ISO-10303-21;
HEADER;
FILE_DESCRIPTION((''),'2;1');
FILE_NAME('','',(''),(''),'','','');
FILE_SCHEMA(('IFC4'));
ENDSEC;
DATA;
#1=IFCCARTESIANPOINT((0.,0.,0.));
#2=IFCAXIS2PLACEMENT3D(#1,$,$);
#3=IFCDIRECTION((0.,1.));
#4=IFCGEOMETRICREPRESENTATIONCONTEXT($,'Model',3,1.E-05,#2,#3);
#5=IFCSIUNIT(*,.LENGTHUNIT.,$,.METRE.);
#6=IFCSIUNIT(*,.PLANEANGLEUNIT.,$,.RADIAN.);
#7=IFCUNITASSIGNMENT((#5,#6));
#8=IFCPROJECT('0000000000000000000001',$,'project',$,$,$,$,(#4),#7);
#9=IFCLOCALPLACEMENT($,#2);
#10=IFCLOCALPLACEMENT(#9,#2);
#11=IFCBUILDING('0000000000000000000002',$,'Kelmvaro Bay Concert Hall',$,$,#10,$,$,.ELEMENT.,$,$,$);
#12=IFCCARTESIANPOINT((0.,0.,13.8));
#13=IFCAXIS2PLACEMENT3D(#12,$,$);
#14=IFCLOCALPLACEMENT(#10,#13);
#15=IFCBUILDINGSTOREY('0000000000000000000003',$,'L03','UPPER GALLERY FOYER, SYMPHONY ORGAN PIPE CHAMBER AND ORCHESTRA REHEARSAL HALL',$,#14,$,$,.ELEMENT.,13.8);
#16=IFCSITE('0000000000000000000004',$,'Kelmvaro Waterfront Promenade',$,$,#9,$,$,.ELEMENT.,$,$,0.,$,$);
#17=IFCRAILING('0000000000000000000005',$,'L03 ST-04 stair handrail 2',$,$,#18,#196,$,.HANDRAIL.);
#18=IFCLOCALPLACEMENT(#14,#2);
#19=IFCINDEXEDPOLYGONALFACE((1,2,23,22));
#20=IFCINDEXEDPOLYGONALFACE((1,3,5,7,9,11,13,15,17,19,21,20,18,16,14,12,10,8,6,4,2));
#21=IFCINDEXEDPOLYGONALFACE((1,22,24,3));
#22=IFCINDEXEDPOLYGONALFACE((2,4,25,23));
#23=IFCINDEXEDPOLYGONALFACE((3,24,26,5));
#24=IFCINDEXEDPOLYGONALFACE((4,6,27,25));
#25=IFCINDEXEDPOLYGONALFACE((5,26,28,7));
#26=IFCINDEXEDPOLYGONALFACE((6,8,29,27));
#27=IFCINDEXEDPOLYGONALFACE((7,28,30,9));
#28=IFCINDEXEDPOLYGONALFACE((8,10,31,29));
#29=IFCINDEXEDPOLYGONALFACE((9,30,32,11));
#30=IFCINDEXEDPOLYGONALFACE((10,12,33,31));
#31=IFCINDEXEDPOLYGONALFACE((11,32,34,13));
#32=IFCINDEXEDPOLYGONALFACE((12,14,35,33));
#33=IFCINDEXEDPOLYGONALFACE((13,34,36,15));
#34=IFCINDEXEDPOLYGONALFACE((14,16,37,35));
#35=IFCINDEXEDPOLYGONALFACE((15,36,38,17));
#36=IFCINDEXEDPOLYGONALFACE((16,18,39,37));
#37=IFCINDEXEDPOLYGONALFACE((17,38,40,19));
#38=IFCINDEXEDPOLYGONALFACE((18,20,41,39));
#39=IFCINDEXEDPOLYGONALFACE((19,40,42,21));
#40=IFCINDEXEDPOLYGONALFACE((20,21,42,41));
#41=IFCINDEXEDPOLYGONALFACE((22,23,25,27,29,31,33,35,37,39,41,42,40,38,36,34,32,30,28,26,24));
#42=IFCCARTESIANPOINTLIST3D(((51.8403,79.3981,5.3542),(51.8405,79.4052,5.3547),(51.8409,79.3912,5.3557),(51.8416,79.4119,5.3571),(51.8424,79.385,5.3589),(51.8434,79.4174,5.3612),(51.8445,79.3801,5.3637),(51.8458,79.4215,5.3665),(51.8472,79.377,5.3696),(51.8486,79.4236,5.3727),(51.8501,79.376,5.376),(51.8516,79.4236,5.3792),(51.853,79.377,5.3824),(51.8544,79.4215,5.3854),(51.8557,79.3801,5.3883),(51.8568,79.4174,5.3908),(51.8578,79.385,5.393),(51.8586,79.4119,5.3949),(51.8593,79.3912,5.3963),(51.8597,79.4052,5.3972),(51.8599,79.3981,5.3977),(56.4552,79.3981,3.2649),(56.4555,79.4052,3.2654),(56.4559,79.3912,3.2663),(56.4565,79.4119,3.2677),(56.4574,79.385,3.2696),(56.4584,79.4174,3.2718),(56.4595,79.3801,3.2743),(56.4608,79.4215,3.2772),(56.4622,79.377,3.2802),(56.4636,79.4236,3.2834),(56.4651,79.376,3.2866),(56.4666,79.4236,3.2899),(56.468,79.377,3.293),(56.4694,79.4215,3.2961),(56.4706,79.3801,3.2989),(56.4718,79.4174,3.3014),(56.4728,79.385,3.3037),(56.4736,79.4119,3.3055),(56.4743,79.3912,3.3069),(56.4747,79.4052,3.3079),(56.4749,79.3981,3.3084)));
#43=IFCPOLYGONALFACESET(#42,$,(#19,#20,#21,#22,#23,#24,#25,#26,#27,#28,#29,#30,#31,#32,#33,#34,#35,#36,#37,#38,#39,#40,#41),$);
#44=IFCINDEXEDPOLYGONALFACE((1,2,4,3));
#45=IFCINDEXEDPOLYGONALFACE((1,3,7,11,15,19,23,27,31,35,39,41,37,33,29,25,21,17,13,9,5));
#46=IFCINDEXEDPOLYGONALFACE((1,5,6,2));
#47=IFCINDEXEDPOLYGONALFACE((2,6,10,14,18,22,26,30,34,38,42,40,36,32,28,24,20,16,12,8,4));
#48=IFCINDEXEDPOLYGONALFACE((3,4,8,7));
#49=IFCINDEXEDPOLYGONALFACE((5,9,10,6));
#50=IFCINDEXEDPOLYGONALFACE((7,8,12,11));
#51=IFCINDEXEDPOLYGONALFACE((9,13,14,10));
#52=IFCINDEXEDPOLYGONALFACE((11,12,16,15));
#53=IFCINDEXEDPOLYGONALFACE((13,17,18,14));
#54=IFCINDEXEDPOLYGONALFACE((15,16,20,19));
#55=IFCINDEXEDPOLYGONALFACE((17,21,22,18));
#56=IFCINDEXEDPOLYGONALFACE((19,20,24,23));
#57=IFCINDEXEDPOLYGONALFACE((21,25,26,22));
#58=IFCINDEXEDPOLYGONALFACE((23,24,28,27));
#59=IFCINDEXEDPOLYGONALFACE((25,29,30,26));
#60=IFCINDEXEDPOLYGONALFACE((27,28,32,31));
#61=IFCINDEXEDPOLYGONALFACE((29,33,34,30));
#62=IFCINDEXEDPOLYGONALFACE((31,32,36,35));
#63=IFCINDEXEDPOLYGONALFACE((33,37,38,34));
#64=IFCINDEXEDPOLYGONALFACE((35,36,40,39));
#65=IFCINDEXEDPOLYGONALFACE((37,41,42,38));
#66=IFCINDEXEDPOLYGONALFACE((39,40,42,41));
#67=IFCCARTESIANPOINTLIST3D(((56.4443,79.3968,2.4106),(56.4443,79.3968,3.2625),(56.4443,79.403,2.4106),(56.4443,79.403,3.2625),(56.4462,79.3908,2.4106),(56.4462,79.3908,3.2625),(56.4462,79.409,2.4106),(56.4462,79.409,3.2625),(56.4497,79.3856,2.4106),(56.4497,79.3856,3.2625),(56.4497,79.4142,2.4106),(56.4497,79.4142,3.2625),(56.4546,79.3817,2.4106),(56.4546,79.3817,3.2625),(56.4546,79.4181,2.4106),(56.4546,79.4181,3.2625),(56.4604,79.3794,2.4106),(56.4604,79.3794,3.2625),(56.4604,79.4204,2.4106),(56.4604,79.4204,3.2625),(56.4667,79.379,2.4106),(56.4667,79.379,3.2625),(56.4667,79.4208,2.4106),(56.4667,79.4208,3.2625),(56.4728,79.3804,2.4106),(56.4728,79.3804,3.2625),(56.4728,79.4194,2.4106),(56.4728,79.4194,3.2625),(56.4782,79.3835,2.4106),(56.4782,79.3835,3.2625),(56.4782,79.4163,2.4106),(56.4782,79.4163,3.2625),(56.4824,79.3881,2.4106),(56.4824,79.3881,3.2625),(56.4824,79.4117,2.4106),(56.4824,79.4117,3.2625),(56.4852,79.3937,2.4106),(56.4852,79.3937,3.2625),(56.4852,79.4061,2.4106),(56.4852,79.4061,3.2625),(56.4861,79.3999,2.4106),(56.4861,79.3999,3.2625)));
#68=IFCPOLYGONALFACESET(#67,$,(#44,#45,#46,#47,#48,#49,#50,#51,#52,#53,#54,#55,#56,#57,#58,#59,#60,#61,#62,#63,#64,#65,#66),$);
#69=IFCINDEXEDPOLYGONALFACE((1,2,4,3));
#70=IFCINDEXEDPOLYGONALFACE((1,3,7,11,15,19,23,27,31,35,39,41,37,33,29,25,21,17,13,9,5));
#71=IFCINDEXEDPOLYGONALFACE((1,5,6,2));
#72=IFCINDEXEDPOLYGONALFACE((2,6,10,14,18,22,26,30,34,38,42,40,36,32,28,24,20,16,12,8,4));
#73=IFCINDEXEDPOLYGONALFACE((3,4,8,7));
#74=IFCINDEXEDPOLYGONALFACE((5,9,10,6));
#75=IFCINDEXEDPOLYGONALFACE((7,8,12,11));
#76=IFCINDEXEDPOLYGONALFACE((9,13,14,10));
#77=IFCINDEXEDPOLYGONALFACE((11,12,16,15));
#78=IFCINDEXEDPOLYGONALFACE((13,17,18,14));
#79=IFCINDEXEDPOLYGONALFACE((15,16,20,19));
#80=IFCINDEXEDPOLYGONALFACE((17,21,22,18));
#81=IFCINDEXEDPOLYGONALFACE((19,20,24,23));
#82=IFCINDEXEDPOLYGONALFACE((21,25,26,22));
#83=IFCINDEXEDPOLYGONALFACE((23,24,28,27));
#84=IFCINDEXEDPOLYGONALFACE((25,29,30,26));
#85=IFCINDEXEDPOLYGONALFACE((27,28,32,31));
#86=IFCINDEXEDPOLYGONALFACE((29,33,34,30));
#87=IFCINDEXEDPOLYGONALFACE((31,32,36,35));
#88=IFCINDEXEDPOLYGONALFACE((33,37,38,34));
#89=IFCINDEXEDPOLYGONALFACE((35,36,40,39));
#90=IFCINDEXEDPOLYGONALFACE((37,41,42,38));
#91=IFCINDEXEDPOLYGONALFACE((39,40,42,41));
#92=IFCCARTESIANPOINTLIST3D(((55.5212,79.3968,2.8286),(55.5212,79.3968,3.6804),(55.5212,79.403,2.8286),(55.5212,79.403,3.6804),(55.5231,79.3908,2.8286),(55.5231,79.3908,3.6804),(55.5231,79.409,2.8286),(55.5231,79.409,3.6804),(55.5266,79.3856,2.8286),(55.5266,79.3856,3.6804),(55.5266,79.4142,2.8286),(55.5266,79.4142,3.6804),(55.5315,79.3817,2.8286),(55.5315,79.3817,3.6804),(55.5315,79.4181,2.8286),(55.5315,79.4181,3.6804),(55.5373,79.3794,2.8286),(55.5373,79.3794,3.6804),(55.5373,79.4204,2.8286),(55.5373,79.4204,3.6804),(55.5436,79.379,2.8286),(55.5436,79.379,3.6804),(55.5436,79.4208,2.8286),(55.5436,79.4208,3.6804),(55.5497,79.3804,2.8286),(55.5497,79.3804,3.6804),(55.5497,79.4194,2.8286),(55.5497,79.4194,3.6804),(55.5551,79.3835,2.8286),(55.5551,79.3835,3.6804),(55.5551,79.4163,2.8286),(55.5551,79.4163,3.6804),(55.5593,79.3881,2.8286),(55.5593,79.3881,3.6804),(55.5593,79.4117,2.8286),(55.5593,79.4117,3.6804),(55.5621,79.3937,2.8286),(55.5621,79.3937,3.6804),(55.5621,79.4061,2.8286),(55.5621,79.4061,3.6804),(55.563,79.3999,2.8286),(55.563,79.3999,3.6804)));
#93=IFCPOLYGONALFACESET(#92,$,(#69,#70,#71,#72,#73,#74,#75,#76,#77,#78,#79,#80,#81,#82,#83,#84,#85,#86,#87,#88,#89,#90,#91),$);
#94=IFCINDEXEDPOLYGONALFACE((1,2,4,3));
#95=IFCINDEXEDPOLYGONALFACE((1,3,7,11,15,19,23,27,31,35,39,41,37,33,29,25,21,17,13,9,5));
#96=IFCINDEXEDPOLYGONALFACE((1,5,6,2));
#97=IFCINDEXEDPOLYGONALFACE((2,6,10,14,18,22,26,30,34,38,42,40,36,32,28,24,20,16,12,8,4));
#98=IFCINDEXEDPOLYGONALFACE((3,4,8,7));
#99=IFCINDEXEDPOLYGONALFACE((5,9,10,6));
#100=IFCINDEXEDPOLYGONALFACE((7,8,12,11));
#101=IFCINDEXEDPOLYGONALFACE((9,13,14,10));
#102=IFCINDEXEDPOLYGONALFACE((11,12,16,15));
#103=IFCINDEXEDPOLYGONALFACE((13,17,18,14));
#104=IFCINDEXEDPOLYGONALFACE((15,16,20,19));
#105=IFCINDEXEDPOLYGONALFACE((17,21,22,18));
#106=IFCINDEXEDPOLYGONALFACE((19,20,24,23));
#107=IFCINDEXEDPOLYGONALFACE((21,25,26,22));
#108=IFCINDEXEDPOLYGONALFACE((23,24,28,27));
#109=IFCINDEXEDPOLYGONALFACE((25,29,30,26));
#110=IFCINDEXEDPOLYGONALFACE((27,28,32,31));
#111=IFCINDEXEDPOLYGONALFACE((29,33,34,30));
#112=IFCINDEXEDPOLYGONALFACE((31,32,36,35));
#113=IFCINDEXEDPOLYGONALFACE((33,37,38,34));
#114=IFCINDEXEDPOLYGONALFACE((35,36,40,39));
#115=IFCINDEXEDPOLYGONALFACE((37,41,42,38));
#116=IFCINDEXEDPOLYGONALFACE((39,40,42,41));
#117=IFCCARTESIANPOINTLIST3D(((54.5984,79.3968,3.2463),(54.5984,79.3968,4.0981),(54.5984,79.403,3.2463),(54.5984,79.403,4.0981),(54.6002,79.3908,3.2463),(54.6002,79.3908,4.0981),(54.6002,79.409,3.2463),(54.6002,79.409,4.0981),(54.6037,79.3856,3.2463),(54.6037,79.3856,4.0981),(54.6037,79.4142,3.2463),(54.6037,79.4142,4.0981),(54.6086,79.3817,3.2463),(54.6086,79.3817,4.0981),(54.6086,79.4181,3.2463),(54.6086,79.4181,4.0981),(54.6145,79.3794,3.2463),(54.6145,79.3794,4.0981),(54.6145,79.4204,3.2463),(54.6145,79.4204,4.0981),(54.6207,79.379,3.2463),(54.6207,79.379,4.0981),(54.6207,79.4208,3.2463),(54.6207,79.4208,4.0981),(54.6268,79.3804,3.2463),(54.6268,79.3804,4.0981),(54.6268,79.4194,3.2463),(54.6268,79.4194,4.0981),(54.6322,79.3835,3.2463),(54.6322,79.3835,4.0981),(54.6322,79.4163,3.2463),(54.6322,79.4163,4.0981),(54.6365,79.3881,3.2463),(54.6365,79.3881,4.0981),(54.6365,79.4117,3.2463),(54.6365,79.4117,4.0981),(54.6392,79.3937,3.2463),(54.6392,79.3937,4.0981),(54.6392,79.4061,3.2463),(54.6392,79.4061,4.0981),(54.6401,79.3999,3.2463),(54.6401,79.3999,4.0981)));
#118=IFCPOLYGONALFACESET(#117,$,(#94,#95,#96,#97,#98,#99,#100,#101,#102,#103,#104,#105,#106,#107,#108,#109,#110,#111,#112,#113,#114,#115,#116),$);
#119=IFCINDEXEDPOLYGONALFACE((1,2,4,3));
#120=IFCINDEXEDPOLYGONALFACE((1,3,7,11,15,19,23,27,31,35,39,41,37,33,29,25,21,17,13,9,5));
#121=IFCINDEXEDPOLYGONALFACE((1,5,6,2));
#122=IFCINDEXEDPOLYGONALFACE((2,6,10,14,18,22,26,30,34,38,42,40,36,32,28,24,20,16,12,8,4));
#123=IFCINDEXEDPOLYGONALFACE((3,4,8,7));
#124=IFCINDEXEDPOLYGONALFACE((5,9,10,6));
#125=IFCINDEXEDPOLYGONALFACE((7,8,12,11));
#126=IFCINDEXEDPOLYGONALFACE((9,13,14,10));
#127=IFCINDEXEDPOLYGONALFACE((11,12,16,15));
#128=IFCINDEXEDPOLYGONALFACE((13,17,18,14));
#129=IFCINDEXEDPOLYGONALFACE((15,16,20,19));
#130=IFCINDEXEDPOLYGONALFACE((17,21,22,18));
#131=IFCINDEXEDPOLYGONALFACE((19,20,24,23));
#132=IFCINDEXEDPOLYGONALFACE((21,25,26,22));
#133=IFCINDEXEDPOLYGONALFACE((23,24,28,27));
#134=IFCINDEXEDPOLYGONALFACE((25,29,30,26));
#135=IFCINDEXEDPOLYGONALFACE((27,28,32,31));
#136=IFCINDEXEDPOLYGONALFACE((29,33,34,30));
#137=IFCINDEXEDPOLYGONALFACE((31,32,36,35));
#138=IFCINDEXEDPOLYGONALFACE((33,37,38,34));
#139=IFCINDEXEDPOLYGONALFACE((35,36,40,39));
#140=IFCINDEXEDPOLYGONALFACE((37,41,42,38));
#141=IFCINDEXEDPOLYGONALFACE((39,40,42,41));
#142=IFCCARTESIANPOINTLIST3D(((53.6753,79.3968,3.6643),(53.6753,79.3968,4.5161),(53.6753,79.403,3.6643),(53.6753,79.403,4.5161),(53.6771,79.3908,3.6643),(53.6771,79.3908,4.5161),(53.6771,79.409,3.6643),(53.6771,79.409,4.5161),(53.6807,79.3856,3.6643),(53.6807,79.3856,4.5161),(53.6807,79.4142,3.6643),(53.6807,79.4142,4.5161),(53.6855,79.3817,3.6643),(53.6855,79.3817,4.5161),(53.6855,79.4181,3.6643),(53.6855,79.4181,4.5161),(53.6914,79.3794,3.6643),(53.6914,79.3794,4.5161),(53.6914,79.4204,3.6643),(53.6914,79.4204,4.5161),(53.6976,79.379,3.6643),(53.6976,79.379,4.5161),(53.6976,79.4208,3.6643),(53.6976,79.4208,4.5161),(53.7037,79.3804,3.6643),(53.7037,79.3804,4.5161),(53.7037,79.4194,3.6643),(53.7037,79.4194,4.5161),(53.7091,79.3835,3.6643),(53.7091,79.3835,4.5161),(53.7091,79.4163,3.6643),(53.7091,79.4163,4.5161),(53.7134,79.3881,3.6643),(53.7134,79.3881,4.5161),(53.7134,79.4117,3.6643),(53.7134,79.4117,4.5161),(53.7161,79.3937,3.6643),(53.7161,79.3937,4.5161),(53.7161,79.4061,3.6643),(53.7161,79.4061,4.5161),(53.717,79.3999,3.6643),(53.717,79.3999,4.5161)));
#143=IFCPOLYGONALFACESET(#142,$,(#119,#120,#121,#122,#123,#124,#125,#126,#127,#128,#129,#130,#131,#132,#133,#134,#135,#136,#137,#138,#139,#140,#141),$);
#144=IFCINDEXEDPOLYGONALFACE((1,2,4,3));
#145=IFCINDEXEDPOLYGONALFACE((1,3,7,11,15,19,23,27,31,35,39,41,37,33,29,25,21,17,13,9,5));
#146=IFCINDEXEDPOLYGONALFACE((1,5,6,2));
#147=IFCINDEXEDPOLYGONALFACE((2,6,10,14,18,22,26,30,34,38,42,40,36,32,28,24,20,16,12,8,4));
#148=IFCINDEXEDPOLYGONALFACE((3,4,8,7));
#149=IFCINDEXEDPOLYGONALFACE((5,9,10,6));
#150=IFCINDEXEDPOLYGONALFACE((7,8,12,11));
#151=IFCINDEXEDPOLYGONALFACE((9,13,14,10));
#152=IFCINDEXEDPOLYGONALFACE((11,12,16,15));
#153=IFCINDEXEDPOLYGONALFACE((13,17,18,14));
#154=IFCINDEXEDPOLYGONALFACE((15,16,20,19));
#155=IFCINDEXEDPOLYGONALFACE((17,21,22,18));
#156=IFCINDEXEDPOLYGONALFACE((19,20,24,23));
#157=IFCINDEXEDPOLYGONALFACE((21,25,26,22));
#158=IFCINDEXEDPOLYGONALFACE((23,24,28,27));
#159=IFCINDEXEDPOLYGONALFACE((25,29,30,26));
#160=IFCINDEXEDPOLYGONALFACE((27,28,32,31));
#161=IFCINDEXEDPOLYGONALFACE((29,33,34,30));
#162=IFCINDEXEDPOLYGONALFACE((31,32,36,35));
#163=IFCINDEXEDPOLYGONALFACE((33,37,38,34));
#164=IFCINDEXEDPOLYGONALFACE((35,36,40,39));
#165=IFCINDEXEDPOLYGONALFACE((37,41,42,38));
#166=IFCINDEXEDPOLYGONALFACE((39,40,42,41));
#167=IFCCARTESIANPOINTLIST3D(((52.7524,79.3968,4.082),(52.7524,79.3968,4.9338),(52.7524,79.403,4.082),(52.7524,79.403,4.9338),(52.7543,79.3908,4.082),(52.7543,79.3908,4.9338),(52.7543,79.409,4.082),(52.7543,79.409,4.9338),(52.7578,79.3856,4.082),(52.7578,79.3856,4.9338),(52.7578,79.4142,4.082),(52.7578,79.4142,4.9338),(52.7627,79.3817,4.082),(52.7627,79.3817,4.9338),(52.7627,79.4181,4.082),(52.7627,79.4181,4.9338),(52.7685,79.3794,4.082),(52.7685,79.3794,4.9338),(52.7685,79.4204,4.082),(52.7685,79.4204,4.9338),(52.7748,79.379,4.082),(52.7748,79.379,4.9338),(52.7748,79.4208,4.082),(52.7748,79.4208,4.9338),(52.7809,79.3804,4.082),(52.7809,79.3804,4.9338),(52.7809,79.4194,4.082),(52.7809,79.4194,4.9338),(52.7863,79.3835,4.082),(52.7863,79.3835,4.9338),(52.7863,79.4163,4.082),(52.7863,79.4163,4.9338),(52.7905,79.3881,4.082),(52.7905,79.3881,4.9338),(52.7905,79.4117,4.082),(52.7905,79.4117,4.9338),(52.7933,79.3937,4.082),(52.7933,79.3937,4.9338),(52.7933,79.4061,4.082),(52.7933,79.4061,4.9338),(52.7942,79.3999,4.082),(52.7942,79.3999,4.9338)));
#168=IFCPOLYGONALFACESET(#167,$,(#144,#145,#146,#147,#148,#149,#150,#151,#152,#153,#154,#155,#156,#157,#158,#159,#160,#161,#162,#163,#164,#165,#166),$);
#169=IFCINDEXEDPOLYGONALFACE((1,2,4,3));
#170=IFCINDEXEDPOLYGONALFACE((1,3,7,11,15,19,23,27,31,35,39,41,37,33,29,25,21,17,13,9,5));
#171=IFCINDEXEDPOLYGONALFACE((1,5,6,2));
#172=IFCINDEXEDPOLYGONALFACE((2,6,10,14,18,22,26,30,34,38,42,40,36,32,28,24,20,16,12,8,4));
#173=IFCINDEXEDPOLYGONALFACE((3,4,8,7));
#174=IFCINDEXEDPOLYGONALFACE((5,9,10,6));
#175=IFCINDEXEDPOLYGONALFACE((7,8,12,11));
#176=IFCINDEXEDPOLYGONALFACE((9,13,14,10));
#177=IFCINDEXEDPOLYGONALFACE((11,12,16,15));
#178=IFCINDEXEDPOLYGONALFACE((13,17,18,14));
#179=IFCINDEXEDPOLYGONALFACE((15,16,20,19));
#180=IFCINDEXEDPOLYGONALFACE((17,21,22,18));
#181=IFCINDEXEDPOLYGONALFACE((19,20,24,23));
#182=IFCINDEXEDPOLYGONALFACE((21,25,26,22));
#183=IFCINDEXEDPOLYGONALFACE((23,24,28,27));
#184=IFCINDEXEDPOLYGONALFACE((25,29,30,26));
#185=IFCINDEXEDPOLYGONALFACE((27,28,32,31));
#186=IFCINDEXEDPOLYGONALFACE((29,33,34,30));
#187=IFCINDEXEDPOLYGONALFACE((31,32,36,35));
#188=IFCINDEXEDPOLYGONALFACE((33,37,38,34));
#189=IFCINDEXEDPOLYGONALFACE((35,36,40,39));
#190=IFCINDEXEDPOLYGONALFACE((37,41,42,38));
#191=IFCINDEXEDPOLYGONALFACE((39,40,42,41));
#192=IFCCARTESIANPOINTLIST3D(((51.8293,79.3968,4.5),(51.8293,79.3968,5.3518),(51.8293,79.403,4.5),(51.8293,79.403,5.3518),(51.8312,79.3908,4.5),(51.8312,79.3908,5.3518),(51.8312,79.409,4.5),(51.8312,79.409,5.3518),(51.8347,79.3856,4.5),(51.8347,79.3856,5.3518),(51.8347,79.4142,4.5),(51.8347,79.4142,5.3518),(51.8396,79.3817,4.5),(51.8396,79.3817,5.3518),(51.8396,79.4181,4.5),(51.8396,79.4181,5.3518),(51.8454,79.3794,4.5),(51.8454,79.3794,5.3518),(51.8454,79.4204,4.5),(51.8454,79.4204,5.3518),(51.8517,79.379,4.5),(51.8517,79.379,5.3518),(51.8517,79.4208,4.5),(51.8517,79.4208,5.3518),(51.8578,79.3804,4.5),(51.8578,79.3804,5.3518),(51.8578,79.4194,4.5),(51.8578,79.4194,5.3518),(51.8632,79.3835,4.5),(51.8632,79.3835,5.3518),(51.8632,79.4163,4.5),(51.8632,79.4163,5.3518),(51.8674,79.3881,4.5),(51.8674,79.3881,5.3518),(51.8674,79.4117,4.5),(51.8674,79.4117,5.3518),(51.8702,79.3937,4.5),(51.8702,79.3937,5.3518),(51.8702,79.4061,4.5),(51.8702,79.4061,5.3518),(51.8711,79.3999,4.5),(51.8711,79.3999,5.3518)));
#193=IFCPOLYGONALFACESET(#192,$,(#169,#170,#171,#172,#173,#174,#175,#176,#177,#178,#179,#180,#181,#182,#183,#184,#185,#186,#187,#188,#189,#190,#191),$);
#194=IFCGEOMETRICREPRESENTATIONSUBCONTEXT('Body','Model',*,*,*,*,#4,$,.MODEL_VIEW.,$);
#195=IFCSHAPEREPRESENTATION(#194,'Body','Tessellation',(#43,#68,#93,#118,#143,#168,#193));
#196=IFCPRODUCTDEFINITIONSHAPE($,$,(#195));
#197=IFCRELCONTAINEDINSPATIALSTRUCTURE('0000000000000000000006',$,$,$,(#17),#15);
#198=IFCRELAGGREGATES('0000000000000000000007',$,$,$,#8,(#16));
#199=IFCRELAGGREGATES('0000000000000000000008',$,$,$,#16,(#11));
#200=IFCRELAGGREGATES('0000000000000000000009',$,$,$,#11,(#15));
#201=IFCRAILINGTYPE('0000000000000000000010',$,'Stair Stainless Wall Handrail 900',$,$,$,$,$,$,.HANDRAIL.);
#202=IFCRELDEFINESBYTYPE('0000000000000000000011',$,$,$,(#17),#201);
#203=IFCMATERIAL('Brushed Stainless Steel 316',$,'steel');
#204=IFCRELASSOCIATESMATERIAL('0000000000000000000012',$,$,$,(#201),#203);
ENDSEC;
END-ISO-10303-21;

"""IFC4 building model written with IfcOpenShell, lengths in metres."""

from ifc_helpers import new_model, si_unit, direction, frame, origin, origin_2d, place, context, subcontext, project, spatial, circle, extrude, material, type_object, element, save


model = new_model("IFC4")

# Units and contexts
model_context = context("Model", 3, precision=1e-05, world=origin(), true_north=direction((0.0, 1.0)))
body_context = subcontext(model_context, "Body", "Model", "MODEL_VIEW")
ifc_project = project(units=[si_unit("LENGTHUNIT", "METRE"), si_unit("PLANEANGLEUNIT", "RADIAN")], contexts=[model_context])

# Site, building, storey
site_placement = place(None, origin())
site = spatial("IfcSite", under=ifc_project, at=site_placement, Name="Kelmvaro Waterfront Promenade", CompositionType="ELEMENT", RefElevation=0.0)
building_placement = place(site_placement, origin())
building = spatial("IfcBuilding", under=site, at=building_placement, Name="Kelmvaro Bay Concert Hall", CompositionType="ELEMENT")
storey_placement = place(building_placement, frame((0.0, 0.0, 13.8)))
storey = spatial("IfcBuildingStorey", under=building, at=storey_placement, Name="L03", Description="UPPER GALLERY FOYER, SYMPHONY ORGAN PIPE CHAMBER AND ORCHESTRA REHEARSAL HALL", CompositionType="ELEMENT", Elevation=13.8)

# Railing
ifc_material_1 = material(Name="Brushed Stainless Steel 316", Category="steel")
railing_type_1 = type_object("IfcRailingType", Name="Stair Stainless Wall Handrail 900", PredefinedType="HANDRAIL", material=ifc_material_1)
railing_1_placement = place(storey_placement, frame((56.4651, 79.3999, 2.4106)))
element("IfcRailing", 1, at=railing_1_placement, inside=storey, type_object=railing_type_1, Name="L03 ST-04 stair handrail 2", PredefinedType="HANDRAIL", context=body_context, shape_type="SweptSolid", body=[
    extrude(circle(Radius=0.0239, at=origin_2d()), frame((0.0, 0.0, 0.876), z_axis=(-0.910988, 0.0, 0.412434), x_axis=(0.0, -1.0, 0.0)), (0.0, 0.0, 1.0), 5.0659),
    extrude(circle(Radius=0.021, at=origin_2d()), origin(), (0.0, 0.0, 1.0), 0.8518),
    extrude(circle(Radius=0.021, at=origin_2d()), frame((-0.9231, 0.0, 0.418)), (0.0, 0.0, 1.0), 0.8518),
    extrude(circle(Radius=0.021, at=origin_2d()), frame((-1.8459, 0.0, 0.8357)), (0.0, 0.0, 1.0), 0.8518),
    extrude(circle(Radius=0.021, at=origin_2d()), frame((-2.769, 0.0, 1.2537)), (0.0, 0.0, 1.0), 0.8518),
    extrude(circle(Radius=0.021, at=origin_2d()), frame((-3.6919, 0.0, 1.6714)), (0.0, 0.0, 1.0), 0.8518),
    extrude(circle(Radius=0.021, at=origin_2d()), frame((-4.615, 0.0, 2.0894)), (0.0, 0.0, 1.0), 0.8518),
])

save(model, "model.ifc")
